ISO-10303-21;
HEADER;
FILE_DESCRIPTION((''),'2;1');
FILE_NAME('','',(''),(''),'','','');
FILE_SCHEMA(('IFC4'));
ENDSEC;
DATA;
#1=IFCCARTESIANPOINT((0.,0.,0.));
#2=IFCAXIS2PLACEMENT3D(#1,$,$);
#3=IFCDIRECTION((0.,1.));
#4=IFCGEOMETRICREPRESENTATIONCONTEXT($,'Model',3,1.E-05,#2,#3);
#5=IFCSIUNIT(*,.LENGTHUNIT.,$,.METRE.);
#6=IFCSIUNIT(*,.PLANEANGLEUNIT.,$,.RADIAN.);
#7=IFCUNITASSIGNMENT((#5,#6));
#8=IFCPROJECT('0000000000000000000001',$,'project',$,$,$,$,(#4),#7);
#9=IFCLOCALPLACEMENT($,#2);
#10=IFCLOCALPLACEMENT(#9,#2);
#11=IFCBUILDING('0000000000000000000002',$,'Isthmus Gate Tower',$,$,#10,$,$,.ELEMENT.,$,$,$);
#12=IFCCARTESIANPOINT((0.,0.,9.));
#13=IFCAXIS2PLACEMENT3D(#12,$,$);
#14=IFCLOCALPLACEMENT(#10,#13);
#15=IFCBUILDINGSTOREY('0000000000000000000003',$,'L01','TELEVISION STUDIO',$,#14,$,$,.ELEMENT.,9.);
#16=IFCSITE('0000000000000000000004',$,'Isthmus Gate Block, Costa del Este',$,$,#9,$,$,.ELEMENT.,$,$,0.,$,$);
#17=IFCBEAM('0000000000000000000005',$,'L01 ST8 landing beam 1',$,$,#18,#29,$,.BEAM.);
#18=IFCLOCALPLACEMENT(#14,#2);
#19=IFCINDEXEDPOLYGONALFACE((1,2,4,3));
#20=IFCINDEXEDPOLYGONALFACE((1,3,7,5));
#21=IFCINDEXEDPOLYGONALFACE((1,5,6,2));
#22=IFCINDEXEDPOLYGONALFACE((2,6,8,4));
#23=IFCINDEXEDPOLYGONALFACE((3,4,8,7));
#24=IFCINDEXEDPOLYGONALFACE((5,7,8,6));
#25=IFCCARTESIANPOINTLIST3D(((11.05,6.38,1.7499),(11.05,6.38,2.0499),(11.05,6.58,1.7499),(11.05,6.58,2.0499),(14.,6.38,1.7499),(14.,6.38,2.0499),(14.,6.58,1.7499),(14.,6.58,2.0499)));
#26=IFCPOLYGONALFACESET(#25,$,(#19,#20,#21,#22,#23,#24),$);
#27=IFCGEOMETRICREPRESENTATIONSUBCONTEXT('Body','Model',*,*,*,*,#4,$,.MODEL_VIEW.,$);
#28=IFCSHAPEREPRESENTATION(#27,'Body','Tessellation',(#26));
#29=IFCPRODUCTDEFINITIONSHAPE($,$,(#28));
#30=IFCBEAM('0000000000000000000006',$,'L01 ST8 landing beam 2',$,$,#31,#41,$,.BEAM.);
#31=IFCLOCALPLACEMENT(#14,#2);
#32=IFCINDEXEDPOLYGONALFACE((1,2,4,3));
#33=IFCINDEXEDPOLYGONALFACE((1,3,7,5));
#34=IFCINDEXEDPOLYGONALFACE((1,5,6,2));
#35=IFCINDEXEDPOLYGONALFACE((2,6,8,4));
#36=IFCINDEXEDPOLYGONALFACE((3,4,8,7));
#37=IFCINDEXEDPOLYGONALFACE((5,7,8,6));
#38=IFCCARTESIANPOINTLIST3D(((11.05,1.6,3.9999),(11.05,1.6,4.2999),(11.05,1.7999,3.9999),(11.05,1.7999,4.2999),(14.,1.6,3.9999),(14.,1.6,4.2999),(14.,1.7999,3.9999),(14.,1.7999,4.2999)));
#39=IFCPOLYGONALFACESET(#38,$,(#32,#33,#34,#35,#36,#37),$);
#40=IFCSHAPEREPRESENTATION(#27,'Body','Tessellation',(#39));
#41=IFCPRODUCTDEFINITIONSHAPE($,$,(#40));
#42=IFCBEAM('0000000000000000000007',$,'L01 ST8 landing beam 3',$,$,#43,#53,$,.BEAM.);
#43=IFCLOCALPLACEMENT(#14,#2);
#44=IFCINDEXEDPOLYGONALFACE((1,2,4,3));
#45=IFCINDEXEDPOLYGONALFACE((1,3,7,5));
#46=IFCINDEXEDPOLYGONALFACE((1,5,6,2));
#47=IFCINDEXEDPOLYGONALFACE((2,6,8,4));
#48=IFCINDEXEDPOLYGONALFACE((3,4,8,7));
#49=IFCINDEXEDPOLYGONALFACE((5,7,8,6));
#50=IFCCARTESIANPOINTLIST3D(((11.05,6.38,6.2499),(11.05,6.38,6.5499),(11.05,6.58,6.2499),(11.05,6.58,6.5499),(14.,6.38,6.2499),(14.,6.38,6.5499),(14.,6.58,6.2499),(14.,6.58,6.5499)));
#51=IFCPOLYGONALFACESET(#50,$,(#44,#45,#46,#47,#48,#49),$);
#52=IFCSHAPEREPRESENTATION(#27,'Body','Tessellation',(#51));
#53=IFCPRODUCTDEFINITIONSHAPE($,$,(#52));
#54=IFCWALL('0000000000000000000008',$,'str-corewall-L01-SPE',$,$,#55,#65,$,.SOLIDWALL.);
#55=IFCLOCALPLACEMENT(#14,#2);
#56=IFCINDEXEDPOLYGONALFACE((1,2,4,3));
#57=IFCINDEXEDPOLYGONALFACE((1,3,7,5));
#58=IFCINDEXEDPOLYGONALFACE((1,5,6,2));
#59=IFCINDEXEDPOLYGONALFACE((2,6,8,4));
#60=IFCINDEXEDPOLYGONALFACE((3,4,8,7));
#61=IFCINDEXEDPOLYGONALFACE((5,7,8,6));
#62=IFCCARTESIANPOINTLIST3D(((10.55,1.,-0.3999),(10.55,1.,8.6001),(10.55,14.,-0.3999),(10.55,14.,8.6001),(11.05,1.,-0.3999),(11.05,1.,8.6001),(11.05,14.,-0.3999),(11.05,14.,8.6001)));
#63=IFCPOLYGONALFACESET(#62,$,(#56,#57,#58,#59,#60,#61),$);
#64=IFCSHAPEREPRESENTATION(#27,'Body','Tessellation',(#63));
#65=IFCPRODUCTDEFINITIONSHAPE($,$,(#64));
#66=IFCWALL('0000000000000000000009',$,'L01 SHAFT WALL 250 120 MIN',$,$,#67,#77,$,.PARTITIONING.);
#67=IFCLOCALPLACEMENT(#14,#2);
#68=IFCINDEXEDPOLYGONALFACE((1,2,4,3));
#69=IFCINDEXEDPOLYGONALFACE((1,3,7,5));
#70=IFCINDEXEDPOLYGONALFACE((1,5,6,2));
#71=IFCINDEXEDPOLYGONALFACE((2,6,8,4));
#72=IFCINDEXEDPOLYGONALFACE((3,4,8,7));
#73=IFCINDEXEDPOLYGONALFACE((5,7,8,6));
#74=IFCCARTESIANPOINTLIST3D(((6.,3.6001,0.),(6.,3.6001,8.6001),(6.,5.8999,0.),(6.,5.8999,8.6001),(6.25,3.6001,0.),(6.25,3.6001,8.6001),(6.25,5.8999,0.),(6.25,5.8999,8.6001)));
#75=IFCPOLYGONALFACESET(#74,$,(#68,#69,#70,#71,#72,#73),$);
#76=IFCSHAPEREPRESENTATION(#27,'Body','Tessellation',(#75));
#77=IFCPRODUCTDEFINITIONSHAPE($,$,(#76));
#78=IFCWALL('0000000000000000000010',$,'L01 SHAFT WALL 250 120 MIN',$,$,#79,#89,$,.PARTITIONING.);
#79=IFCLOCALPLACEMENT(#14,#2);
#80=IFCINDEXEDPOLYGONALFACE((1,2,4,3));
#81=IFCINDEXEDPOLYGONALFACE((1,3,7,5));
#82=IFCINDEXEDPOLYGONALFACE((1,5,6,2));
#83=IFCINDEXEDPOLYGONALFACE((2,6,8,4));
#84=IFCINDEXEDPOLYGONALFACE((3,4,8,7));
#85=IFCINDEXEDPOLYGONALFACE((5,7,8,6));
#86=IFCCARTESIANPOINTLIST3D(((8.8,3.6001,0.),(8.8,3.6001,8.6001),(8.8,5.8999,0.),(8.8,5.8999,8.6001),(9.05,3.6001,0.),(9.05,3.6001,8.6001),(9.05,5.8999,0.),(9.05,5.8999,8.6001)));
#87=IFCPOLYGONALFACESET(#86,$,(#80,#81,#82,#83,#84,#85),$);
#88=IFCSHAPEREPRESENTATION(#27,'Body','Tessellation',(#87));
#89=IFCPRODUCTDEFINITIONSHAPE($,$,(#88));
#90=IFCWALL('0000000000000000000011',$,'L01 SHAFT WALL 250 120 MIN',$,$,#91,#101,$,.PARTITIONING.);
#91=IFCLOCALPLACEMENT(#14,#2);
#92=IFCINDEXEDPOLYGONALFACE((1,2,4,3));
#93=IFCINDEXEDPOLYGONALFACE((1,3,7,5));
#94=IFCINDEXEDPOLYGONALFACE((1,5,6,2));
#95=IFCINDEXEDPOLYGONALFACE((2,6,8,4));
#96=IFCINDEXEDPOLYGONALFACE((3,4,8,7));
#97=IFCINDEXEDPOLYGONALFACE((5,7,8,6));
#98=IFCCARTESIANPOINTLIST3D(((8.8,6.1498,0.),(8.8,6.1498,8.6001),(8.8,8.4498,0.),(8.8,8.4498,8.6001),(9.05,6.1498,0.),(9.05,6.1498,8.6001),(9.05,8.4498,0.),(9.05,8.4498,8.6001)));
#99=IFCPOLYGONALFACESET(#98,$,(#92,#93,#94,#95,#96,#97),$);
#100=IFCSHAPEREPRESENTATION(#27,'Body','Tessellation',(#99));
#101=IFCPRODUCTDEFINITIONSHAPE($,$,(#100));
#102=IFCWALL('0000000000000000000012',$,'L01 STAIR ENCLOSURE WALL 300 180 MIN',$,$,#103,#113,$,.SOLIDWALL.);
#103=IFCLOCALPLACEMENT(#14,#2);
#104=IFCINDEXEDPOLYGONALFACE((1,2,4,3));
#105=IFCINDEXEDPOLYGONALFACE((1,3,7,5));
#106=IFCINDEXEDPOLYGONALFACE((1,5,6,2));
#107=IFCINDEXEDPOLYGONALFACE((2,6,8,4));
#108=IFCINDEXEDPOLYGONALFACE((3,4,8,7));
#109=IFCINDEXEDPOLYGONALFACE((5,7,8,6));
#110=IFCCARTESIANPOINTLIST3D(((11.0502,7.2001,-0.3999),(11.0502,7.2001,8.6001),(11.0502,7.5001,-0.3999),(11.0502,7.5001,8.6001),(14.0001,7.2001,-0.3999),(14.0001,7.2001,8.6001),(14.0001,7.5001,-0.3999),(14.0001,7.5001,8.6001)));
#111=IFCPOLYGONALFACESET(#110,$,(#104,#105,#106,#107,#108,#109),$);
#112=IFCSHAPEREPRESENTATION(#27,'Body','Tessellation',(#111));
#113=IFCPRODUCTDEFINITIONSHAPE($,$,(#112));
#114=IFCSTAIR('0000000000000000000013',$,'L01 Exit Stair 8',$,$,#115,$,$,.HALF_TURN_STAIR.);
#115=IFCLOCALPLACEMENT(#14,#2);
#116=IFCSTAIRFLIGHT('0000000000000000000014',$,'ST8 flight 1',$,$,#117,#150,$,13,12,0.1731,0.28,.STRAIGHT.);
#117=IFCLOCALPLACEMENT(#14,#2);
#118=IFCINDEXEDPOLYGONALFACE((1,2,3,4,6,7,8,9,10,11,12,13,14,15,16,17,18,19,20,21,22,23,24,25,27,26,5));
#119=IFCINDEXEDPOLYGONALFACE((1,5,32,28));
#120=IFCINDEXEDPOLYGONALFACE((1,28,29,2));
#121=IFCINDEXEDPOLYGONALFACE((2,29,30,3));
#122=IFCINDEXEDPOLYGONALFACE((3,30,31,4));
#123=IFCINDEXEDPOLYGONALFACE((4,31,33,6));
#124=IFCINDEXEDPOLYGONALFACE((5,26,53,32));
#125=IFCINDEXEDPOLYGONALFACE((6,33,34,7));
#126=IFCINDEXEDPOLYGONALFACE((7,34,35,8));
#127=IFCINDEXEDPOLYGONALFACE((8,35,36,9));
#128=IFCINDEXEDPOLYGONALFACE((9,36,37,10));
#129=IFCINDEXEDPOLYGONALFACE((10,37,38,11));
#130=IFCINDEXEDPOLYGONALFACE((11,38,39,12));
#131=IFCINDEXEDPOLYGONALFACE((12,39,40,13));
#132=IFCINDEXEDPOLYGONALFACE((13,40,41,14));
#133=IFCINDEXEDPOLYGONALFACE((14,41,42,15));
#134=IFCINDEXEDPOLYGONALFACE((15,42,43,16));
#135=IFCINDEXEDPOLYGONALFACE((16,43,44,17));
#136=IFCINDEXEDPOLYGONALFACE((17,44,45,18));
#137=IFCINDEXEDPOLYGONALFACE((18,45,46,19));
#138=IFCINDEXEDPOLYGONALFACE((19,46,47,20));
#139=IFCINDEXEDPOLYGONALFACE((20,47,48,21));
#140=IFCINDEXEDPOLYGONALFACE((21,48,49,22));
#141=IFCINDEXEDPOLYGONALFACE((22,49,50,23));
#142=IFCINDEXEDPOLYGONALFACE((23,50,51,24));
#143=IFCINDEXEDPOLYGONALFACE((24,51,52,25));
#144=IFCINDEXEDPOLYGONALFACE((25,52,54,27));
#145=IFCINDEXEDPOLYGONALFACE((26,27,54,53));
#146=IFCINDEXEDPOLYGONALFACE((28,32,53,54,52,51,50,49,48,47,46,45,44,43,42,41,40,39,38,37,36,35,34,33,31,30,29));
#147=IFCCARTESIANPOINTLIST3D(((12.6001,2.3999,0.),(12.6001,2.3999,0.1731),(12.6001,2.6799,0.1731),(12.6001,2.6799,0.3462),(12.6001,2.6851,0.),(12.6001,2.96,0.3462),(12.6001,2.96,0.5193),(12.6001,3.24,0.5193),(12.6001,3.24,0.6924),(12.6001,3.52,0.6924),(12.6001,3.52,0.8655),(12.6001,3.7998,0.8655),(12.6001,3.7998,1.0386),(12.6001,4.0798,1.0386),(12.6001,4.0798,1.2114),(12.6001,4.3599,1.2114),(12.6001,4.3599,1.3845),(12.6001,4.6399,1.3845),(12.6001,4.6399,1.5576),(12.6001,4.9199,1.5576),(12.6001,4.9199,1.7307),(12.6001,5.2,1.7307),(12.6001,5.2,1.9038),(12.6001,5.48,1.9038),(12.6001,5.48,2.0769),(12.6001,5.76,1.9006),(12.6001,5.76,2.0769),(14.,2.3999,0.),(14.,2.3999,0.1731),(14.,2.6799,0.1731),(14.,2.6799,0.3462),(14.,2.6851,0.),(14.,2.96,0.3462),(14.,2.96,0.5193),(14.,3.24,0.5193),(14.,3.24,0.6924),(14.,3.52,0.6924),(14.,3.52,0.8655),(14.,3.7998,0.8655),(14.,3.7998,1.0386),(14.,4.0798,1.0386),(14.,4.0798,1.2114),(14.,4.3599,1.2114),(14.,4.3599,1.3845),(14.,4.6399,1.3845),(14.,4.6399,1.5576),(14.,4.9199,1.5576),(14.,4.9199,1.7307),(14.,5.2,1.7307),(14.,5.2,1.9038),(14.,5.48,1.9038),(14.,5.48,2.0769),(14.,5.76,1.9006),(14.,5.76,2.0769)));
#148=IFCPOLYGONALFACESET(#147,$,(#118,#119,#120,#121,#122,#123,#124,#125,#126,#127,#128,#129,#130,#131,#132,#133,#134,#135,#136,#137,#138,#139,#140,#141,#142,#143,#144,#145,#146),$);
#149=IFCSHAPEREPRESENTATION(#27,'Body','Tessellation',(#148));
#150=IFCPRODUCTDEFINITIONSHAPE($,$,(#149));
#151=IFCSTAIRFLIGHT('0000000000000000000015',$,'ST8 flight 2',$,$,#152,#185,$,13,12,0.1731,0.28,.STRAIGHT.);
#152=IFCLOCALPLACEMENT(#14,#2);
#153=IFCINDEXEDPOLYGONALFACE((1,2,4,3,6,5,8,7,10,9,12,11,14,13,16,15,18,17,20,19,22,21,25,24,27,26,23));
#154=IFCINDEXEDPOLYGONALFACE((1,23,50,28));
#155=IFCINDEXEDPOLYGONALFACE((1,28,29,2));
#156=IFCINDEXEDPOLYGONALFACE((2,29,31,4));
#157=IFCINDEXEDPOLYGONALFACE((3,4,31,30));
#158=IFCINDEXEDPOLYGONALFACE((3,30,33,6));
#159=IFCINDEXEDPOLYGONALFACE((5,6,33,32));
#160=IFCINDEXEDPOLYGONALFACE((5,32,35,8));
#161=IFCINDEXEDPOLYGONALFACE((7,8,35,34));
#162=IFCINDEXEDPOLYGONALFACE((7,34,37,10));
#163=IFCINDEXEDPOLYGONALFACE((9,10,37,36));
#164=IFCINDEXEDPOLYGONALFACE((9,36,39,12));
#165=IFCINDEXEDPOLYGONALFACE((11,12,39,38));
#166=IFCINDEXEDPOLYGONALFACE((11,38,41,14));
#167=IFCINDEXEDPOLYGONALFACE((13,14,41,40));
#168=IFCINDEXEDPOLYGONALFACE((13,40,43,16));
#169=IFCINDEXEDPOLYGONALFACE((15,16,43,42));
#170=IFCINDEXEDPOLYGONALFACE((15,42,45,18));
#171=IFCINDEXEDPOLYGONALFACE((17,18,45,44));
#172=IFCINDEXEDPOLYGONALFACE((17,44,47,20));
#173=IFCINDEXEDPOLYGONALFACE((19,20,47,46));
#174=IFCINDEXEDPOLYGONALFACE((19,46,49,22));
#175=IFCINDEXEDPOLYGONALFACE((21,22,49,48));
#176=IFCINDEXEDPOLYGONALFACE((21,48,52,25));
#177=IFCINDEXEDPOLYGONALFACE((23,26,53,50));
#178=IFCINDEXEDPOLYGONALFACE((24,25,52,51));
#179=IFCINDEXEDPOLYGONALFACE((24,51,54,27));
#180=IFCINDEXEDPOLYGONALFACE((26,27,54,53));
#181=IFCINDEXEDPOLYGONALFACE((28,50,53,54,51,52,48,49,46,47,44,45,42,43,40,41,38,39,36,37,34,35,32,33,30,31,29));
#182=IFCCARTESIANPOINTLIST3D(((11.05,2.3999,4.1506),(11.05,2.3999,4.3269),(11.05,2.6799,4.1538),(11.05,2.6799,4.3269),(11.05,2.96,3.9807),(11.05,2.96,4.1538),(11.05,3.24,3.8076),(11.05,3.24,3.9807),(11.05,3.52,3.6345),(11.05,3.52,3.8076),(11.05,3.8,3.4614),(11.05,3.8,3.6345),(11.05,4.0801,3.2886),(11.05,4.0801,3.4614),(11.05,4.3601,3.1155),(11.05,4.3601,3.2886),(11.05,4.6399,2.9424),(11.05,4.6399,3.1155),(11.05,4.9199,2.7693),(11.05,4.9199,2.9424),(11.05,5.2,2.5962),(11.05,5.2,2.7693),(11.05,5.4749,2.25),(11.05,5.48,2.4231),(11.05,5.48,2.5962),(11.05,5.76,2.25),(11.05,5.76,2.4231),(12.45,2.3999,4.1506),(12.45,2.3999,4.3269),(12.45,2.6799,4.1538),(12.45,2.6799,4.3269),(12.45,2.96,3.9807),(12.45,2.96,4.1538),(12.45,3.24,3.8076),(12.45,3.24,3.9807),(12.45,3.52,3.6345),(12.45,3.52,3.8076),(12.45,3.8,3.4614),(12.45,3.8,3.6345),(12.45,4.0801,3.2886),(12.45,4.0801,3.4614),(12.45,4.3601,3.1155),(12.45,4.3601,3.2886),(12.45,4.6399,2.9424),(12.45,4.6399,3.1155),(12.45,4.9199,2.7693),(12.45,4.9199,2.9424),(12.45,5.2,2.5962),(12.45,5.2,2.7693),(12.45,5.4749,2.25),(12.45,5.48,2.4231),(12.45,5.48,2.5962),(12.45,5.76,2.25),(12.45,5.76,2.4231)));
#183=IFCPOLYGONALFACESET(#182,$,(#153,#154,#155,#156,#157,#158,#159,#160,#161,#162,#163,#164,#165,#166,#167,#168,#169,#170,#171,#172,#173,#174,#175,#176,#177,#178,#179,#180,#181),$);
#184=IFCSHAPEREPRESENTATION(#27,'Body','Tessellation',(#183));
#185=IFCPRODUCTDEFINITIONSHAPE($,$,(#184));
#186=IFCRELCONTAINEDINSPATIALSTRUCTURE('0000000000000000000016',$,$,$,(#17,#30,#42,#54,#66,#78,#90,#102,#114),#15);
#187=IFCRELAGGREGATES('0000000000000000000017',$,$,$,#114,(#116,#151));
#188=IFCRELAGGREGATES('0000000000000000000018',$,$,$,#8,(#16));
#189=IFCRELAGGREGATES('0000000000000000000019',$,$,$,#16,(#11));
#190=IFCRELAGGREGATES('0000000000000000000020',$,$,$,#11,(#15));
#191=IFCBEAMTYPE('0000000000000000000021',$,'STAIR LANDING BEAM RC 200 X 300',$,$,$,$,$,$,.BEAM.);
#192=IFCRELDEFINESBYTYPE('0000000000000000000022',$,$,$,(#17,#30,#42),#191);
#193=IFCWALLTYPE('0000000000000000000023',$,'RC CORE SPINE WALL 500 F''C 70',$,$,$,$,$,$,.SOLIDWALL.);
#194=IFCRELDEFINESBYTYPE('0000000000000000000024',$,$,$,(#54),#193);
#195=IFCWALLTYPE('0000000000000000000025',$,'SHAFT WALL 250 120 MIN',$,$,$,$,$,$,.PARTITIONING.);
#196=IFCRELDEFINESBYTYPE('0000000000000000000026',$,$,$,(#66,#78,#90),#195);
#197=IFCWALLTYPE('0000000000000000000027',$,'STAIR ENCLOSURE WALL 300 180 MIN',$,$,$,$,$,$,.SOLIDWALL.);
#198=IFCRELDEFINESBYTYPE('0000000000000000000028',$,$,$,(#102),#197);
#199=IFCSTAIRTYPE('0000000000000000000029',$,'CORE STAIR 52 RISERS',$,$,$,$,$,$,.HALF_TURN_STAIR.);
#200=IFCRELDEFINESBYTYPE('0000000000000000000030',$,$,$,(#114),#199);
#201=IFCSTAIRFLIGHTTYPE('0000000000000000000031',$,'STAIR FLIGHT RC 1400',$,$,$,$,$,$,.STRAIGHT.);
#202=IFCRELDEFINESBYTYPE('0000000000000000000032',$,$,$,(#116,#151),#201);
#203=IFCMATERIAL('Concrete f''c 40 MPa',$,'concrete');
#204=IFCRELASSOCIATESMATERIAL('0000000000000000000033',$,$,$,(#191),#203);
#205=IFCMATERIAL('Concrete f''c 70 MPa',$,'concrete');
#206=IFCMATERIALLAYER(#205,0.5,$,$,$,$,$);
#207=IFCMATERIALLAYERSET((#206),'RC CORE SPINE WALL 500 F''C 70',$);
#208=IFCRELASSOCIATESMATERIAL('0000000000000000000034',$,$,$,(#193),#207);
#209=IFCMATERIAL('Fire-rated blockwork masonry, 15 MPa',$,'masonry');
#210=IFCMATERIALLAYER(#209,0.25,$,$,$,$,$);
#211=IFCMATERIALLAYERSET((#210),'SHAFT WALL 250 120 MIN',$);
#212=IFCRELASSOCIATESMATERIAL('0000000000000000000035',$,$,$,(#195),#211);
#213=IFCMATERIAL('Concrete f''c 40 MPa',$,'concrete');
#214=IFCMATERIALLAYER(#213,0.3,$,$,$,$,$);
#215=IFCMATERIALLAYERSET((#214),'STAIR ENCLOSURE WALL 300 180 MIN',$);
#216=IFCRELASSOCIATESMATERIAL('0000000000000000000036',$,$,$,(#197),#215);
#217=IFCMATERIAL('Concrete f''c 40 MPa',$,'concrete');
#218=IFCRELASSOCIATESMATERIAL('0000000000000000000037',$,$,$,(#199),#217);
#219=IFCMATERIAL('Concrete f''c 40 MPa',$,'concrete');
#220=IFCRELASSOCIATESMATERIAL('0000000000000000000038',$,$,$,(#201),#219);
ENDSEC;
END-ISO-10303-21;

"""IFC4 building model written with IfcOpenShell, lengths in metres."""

from ifc_helpers import new_model, si_unit, direction, frame, frame_2d, origin, origin_2d, place, context, subcontext, project, spatial, polyline, rectangle, outline, extrude, material, layer, layer_set, material_profile, profile_set, type_object, element, aggregate, save


model = new_model("IFC4")

# Units and contexts
model_context = context("Model", 3, precision=1e-05, world=origin(), true_north=direction((0.0, 1.0)))
body_context = subcontext(model_context, "Body", "Model", "MODEL_VIEW")
ifc_project = project(units=[si_unit("LENGTHUNIT", "METRE"), si_unit("PLANEANGLEUNIT", "RADIAN")], contexts=[model_context])

# Site, building, storey
site_placement = place(None, origin())
site = spatial("IfcSite", under=ifc_project, at=site_placement, Name="Isthmus Gate Block, Costa del Este", CompositionType="ELEMENT", RefElevation=0.0)
building_placement = place(site_placement, origin())
building = spatial("IfcBuilding", under=site, at=building_placement, Name="Isthmus Gate Tower", CompositionType="ELEMENT")
storey_placement = place(building_placement, frame((0.0, 0.0, 9.0)))
storey = spatial("IfcBuildingStorey", under=building, at=storey_placement, Name="L01", Description="TELEVISION STUDIO", CompositionType="ELEMENT", Elevation=9.0)

# Beams
ifc_material_1 = material(Name="Concrete f'c 40 MPa", Category="concrete")
ifc_material_profile = material_profile(ifc_material_1, rectangle(XDim=0.2, YDim=0.3, at=origin_2d()), Name="STAIR LANDING BEAM RC 200 X 300")
ifc_profile_set = profile_set([ifc_material_profile], Name="Concrete f'c 40 MPa")
beam_type = type_object("IfcBeamType", Name="STAIR LANDING BEAM RC 200 X 300", PredefinedType="BEAM", material=ifc_profile_set)
for number, where, z_axis, x_axis, name in (
    (1, (11.05, 6.48, 1.8999), (1.0, 0.0, 0.0), (0.0, 1.0, 0.0), "L01 ST8 landing beam 1"),
    (2, (11.05, 1.7, 4.1499), (1.0, 0.0, 0.0), (0.0, 1.0, 0.0), "L01 ST8 landing beam 2"),
    (3, (11.05, 6.48, 6.3999), (1.0, 0.0, 0.0), (0.0, 1.0, 0.0), "L01 ST8 landing beam 3"),
):
    element("IfcBeam", number, at=place(storey_placement, frame(where, z_axis=z_axis, x_axis=x_axis)), inside=storey, type_object=beam_type, Name=name, PredefinedType="BEAM", context=body_context, shape_type="SweptSolid", body=[
        extrude(rectangle(XDim=0.2, YDim=0.3, at=origin_2d()), origin(), (0.0, 0.0, 1.0), 2.95),
    ])

# Walls
ifc_material_2 = material(Name="Concrete f'c 70 MPa", Category="concrete")
ifc_layer_1 = layer(ifc_material_2, 0.5)
ifc_layer_set_1 = layer_set([ifc_layer_1], Name="RC CORE SPINE WALL 500 F'C 70")
wall_type_1 = type_object("IfcWallType", Name="RC CORE SPINE WALL 500 F'C 70", PredefinedType="SOLIDWALL", material=ifc_layer_set_1)
wall_1_placement = place(storey_placement, frame((10.8, 1.0, -0.3999), z_axis=(0.0, 0.0, 1.0), x_axis=(0.0, 1.0, 0.0)))
element("IfcWall", 4, at=wall_1_placement, inside=storey, type_object=wall_type_1, Name="str-corewall-L01-SPE", PredefinedType="SOLIDWALL", context=body_context, shape_type="SweptSolid", body=[
    extrude(rectangle(XDim=13.0, YDim=0.5, at=frame_2d((6.5, 0.0))), origin(), (0.0, 0.0, 1.0), 9.0),
])
ifc_material_3 = material(Name="Fire-rated blockwork masonry, 15 MPa", Category="masonry")
ifc_layer_2 = layer(ifc_material_3, 0.25)
ifc_layer_set_2 = layer_set([ifc_layer_2], Name="SHAFT WALL 250 120 MIN")
wall_type_2 = type_object("IfcWallType", Name="SHAFT WALL 250 120 MIN", PredefinedType="PARTITIONING", material=ifc_layer_set_2)
for number, where, z_axis, x_axis, name in (
    (5, (6.125, 3.6001, 0.0), (0.0, 0.0, 1.0), (0.0, 1.0, 0.0), "L01 SHAFT WALL 250 120 MIN"),
    (6, (8.925, 3.6001, 0.0), (0.0, 0.0, 1.0), (0.0, 1.0, 0.0), "L01 SHAFT WALL 250 120 MIN"),
):
    element("IfcWall", number, at=place(storey_placement, frame(where, z_axis=z_axis, x_axis=x_axis)), inside=storey, type_object=wall_type_2, Name=name, PredefinedType="PARTITIONING", context=body_context, shape_type="SweptSolid", body=[
        extrude(rectangle(XDim=2.2998, YDim=0.25, at=frame_2d((1.1499, 0.0))), origin(), (0.0, 0.0, 1.0), 8.6001),
    ])
wall_2_placement = place(storey_placement, frame((8.925, 6.1499, 0.0), z_axis=(0.0, 0.0, 1.0), x_axis=(0.0, 1.0, 0.0)))
element("IfcWall", 7, at=wall_2_placement, inside=storey, type_object=wall_type_2, Name="L01 SHAFT WALL 250 120 MIN", PredefinedType="PARTITIONING", context=body_context, shape_type="SweptSolid", body=[
    extrude(rectangle(XDim=2.3, YDim=0.25, at=frame_2d((1.1499, 0.0))), origin(), (0.0, 0.0, 1.0), 8.6001),
])
ifc_material_4 = material(Name="Concrete f'c 40 MPa", Category="concrete")
ifc_layer_3 = layer(ifc_material_4, 0.3)
ifc_layer_set_3 = layer_set([ifc_layer_3], Name="STAIR ENCLOSURE WALL 300 180 MIN")
wall_type_3 = type_object("IfcWallType", Name="STAIR ENCLOSURE WALL 300 180 MIN", PredefinedType="SOLIDWALL", material=ifc_layer_set_3)
wall_3_placement = place(storey_placement, frame((11.05, 7.3501, -0.3999), z_axis=(0.0, 0.0, 1.0), x_axis=(1.0, 0.0, 0.0)))
element("IfcWall", 8, at=wall_3_placement, inside=storey, type_object=wall_type_3, Name="L01 STAIR ENCLOSURE WALL 300 180 MIN", PredefinedType="SOLIDWALL", context=body_context, shape_type="SweptSolid", body=[
    extrude(rectangle(XDim=2.95, YDim=0.3, at=frame_2d((1.4751, 0.0))), origin(), (0.0, 0.0, 1.0), 9.0),
])

# Stair, stair flights
ifc_material_5 = material(Name="Concrete f'c 40 MPa", Category="concrete")
stair_type = type_object("IfcStairType", Name="CORE STAIR 52 RISERS", PredefinedType="HALF_TURN_STAIR", material=ifc_material_5)
stair_placement = place(storey_placement, origin())
stair = element("IfcStair", 9, at=stair_placement, inside=storey, type_object=stair_type, Name="L01 Exit Stair 8", PredefinedType="HALF_TURN_STAIR")
ifc_material_6 = material(Name="Concrete f'c 40 MPa", Category="concrete")
stair_flight_type = type_object("IfcStairFlightType", Name="STAIR FLIGHT RC 1400", PredefinedType="STRAIGHT", material=ifc_material_6)
stair_flight_1_placement = place(storey_placement, frame((13.3, 2.3999, 0.0), z_axis=(0.0, 0.0, 1.0), x_axis=(0.0, 1.0, 0.0)))
stair_flight_1 = element("IfcStairFlight", 10, at=stair_flight_1_placement, type_object=stair_flight_type, Name="ST8 flight 1", NumberOfRisers=13, NumberOfTreads=12, PredefinedType="STRAIGHT", RiserHeight=0.1731, TreadLength=0.28, context=body_context, shape_type="SweptSolid", body=[
    extrude(outline(polyline([(0.0, 0.0), (0.0, 0.1731), (0.28, 0.1731), (0.28, 0.3462), (0.5601, 0.3462), (0.5601, 0.5193), (0.8401, 0.5193), (0.8401, 0.6924), (1.1201, 0.6924), (1.1201, 0.8655), (1.3999, 0.8655), (1.3999, 1.0386), (1.6799, 1.0386), (1.6799, 1.2114), (1.96, 1.2114), (1.96, 1.3845), (2.24, 1.3845), (2.24, 1.5576), (2.52, 1.5576), (2.52, 1.7307), (2.8, 1.7307), (2.8, 1.9038), (3.0801, 1.9038), (3.0801, 2.0769), (3.3601, 2.0769), (3.3601, 2.25), (3.3601, 1.9006), (0.2852, 0.0), (0.0, 0.0)])), frame((0.0, 0.7, 0.0), z_axis=(0.0, -1.0, 0.0), x_axis=(1.0, 0.0, 0.0)), (0.0, 0.0, 1.0), 1.3999),
])
stair_flight_2_placement = place(storey_placement, frame((11.75, 5.76, 2.25), z_axis=(0.0, 0.0, 1.0), x_axis=(0.0, -1.0, 0.0)))
stair_flight_2 = element("IfcStairFlight", 11, at=stair_flight_2_placement, type_object=stair_flight_type, Name="ST8 flight 2", NumberOfRisers=13, NumberOfTreads=12, PredefinedType="STRAIGHT", RiserHeight=0.1731, TreadLength=0.28, context=body_context, shape_type="SweptSolid", body=[
    extrude(outline(polyline([(0.0, 0.0), (0.0, 0.1731), (0.28, 0.1731), (0.28, 0.3462), (0.5601, 0.3462), (0.5601, 0.5193), (0.8401, 0.5193), (0.8401, 0.6924), (1.1201, 0.6924), (1.1201, 0.8655), (1.3999, 0.8655), (1.3999, 1.0386), (1.6799, 1.0386), (1.6799, 1.2114), (1.96, 1.2114), (1.96, 1.3845), (2.24, 1.3845), (2.24, 1.5576), (2.52, 1.5576), (2.52, 1.7307), (2.8, 1.7307), (2.8, 1.9038), (3.0801, 1.9038), (3.0801, 2.0769), (3.3601, 2.0769), (3.3601, 2.25), (3.3601, 1.9006), (0.2852, 0.0), (0.0, 0.0)])), frame((0.0, 0.7, 0.0), z_axis=(0.0, -1.0, 0.0), x_axis=(1.0, 0.0, 0.0)), (0.0, 0.0, 1.0), 1.3999),
])
aggregate(stair, [stair_flight_1, stair_flight_2])

save(model, "model.ifc")
